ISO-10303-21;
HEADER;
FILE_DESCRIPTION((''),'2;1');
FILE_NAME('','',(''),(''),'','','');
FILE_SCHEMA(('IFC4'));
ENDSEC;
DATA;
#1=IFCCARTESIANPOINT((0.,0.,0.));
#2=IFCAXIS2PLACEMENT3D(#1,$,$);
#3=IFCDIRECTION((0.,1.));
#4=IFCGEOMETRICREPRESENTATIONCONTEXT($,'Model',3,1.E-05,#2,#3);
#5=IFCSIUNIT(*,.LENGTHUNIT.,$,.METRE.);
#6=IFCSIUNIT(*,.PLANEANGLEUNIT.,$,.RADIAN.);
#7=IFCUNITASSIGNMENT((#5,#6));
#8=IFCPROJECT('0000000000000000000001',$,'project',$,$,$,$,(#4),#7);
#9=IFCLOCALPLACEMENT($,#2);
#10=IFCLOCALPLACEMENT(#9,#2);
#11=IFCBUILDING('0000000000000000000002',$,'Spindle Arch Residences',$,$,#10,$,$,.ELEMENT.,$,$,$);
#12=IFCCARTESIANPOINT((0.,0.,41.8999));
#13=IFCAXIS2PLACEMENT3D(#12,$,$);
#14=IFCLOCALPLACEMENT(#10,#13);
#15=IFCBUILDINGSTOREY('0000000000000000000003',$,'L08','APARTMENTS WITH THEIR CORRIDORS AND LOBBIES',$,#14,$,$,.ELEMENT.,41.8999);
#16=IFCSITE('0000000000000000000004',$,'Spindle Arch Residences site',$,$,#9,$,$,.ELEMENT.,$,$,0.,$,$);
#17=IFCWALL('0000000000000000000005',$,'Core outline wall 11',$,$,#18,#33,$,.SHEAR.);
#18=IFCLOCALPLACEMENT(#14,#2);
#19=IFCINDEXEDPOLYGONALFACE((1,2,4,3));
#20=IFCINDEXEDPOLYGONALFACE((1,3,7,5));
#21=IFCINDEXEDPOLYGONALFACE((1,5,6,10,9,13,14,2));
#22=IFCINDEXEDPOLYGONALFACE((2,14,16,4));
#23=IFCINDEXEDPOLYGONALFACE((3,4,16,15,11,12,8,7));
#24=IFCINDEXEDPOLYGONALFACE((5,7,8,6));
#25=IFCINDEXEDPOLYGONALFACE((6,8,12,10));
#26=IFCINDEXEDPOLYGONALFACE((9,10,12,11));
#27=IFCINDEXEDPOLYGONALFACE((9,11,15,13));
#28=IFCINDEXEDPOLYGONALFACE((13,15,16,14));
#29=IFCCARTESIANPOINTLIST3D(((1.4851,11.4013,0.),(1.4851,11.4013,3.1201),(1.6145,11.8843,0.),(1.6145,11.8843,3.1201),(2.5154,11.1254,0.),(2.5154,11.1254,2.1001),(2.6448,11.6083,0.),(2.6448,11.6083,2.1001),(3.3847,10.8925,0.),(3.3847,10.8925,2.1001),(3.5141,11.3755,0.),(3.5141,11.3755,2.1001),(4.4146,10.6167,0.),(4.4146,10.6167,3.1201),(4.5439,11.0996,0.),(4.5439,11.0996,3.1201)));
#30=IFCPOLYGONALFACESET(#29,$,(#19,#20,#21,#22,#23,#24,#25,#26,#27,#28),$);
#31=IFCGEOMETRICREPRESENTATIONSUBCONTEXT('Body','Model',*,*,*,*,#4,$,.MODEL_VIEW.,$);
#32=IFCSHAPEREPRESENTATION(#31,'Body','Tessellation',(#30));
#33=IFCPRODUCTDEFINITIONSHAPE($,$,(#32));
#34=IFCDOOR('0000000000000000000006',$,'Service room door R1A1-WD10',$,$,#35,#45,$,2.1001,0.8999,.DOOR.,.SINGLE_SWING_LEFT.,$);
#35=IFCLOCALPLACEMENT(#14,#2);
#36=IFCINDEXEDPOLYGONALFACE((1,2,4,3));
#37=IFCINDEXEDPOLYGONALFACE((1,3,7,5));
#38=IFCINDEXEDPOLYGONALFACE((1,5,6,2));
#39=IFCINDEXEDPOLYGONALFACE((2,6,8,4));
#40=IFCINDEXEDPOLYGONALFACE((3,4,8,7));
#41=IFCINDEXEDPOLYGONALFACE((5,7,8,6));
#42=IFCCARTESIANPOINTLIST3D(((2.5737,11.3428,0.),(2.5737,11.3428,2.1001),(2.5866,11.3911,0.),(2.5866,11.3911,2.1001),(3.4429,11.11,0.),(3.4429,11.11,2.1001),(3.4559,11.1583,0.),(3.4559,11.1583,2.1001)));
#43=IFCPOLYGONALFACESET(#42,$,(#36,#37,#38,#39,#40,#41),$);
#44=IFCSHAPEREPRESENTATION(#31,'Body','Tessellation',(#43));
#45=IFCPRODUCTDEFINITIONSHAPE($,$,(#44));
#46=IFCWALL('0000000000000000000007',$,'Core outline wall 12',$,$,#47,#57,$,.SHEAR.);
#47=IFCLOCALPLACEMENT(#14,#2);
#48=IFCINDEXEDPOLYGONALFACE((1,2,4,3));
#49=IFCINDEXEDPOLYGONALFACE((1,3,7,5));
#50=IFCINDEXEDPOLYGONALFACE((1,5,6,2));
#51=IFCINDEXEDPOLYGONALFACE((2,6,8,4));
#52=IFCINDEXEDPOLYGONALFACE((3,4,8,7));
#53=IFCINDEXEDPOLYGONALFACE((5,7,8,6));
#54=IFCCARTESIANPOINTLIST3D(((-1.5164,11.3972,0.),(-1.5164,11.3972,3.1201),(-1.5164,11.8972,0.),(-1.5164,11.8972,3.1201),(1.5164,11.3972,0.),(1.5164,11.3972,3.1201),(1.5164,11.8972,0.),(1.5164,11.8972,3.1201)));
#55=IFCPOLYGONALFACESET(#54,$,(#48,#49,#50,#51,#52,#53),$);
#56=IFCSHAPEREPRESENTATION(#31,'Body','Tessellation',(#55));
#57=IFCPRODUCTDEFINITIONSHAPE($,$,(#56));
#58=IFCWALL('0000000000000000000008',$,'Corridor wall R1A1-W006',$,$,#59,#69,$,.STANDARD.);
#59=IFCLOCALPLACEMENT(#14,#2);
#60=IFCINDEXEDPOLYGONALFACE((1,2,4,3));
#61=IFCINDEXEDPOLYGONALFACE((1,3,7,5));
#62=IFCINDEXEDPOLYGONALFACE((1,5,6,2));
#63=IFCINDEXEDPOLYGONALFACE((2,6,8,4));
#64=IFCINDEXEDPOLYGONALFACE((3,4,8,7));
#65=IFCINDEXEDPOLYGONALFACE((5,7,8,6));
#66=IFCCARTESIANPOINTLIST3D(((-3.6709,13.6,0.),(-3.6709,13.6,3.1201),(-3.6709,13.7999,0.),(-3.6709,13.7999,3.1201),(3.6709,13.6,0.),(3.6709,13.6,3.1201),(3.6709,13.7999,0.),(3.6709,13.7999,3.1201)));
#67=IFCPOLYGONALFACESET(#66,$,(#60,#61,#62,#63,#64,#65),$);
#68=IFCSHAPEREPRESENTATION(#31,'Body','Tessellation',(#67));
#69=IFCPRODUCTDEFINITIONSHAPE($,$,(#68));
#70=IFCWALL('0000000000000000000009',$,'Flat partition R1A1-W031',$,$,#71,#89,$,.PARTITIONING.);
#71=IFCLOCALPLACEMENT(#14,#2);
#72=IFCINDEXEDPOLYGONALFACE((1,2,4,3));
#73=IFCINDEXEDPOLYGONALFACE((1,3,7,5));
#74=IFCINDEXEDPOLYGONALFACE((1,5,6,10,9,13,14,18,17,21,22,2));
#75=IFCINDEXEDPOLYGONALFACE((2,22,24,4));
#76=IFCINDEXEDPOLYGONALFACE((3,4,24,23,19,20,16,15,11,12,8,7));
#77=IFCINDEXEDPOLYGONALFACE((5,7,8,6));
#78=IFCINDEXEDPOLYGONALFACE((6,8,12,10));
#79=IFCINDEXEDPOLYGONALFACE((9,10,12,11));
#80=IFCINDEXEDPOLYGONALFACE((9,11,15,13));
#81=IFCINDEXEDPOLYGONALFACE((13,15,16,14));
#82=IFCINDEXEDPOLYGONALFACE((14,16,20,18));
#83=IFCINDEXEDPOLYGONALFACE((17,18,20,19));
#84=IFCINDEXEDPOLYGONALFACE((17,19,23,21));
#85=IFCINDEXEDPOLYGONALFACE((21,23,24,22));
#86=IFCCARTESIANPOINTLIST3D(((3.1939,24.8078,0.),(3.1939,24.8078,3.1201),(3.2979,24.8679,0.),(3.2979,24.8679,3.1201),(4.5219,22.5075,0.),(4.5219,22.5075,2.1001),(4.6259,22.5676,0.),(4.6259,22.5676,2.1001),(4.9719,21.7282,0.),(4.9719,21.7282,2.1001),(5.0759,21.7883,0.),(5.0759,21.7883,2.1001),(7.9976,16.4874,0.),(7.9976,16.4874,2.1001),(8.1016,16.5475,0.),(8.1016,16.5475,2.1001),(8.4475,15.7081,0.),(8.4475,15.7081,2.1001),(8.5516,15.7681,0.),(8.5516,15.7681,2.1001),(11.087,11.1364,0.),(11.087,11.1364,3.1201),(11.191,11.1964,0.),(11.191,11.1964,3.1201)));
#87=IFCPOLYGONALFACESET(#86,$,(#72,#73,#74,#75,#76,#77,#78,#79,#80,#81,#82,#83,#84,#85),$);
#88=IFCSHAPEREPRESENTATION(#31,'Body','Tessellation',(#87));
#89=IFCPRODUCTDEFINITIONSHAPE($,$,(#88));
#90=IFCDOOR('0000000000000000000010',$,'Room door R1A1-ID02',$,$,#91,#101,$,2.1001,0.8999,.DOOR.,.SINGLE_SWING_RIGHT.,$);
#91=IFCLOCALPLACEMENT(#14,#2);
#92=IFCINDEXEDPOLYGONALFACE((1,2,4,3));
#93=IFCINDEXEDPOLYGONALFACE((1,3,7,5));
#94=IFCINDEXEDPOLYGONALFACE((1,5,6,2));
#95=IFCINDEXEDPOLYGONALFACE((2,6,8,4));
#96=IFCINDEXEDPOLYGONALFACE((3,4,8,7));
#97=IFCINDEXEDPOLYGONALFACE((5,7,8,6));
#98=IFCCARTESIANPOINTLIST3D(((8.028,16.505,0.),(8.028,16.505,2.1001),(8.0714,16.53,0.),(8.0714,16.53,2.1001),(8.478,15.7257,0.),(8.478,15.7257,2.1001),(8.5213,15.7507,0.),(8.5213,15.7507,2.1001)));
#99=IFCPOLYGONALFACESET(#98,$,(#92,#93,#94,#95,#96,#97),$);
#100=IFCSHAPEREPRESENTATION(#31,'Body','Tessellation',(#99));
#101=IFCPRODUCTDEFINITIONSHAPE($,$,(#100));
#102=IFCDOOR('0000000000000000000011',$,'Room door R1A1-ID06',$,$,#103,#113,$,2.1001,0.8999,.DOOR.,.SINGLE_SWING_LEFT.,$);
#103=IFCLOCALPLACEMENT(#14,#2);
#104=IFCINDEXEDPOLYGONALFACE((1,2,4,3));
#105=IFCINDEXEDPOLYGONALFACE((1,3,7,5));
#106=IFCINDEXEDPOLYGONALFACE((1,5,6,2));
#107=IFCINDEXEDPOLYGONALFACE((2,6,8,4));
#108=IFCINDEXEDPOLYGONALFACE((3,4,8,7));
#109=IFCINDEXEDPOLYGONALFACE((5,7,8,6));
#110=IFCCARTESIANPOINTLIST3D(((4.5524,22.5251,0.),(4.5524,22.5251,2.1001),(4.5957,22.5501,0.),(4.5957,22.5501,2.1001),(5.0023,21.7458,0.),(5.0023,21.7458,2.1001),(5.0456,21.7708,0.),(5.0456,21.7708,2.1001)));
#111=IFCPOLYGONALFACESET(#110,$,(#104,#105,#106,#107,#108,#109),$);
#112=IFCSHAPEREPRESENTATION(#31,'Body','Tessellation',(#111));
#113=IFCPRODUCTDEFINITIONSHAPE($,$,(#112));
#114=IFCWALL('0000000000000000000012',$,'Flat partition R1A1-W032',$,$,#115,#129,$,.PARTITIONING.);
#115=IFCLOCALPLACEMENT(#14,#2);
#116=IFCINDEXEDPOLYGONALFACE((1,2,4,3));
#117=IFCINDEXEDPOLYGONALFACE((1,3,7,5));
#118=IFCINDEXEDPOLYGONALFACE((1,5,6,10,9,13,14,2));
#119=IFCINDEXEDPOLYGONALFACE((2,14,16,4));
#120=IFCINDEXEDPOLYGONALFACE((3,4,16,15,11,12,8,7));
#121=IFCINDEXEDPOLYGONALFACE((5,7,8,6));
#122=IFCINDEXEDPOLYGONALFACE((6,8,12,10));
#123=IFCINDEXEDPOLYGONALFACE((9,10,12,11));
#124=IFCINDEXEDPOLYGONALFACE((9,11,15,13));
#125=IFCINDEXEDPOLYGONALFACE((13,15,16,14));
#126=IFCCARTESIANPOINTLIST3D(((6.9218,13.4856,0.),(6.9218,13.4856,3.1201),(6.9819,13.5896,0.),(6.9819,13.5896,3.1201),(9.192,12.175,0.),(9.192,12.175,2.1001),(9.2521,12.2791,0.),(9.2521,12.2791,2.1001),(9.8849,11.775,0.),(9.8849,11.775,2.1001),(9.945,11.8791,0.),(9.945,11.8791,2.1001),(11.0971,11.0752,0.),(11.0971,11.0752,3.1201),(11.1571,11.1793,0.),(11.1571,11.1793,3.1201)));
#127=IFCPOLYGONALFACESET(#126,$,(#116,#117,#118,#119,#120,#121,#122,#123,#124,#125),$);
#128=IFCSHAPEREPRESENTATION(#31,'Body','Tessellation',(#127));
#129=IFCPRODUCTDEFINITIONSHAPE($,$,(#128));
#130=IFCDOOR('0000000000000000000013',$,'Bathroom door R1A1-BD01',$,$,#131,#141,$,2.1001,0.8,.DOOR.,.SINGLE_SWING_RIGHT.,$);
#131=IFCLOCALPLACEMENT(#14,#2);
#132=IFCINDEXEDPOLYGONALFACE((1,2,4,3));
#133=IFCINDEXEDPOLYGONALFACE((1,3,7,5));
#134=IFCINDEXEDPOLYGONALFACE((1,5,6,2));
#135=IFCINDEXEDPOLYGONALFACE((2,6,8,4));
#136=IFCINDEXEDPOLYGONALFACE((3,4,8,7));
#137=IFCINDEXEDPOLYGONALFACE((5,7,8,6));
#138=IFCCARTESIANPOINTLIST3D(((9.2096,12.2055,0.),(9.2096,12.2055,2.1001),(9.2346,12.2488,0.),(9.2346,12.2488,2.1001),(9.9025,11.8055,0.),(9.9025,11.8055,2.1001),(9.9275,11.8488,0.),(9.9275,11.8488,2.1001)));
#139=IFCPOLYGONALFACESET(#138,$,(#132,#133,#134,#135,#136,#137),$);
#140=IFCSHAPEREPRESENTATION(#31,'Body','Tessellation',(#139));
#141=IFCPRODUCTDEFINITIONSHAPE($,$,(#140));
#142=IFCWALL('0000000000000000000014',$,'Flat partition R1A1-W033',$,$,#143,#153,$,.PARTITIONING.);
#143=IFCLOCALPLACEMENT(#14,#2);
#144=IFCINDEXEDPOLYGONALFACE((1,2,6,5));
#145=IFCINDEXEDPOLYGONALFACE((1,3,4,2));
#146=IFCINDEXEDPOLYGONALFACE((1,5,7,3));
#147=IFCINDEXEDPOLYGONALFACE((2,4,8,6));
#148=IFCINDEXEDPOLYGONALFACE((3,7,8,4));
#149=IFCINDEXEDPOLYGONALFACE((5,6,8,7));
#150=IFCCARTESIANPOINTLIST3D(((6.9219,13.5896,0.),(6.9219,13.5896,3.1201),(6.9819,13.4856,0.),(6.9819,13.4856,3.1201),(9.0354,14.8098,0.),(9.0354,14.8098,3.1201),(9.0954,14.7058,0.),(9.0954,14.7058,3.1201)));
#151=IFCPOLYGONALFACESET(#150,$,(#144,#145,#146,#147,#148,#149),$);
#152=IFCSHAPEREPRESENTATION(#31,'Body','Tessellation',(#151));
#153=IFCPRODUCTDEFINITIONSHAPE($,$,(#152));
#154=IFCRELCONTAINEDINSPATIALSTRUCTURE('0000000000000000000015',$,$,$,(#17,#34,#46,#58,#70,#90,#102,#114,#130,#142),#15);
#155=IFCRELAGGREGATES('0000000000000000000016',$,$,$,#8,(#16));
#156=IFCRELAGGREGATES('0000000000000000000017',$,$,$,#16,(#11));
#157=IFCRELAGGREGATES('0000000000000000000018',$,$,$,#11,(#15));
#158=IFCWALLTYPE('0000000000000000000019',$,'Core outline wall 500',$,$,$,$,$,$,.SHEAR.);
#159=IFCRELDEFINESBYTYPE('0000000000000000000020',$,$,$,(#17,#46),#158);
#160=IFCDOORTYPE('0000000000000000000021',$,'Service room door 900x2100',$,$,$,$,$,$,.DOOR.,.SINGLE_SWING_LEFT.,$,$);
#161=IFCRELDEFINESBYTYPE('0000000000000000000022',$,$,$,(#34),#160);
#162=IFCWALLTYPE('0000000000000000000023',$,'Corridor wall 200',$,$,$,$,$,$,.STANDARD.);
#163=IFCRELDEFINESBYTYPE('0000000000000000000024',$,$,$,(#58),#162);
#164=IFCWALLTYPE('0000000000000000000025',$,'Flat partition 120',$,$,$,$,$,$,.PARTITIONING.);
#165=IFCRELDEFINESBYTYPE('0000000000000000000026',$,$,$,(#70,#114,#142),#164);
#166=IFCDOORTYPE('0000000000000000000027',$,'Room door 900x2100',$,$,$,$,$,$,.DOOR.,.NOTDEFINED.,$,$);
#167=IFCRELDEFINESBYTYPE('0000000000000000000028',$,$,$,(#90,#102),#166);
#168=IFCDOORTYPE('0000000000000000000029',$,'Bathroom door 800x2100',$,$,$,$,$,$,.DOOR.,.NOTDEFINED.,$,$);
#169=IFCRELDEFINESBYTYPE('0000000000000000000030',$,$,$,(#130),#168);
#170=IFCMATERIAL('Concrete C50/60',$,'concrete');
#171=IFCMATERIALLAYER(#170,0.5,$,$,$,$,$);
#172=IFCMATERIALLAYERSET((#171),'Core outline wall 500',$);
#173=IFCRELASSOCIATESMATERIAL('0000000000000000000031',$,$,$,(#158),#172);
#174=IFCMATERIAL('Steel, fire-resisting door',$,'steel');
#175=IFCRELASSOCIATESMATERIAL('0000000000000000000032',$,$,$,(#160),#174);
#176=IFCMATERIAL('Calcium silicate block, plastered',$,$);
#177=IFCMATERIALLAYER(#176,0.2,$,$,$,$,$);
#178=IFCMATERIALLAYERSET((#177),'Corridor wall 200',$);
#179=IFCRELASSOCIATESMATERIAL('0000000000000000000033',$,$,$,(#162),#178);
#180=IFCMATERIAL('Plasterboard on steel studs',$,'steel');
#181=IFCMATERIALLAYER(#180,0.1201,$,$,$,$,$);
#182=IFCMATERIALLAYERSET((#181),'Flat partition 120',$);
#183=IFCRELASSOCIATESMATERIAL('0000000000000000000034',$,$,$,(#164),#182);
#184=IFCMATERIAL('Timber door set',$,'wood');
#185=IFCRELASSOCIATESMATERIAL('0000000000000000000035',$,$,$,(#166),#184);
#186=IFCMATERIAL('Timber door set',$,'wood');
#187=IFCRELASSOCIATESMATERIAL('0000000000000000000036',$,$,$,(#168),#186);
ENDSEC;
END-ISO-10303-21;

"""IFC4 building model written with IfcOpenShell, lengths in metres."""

from ifc_helpers import new_model, si_unit, direction, frame, frame_2d, origin, place, context, subcontext, project, spatial, rectangle, extrude, material, layer, layer_set, type_object, element, fill, save


model = new_model("IFC4")

# Units and contexts
model_context = context("Model", 3, precision=1e-05, world=origin(), true_north=direction((0.0, 1.0)))
body_context = subcontext(model_context, "Body", "Model", "MODEL_VIEW")
ifc_project = project(units=[si_unit("LENGTHUNIT", "METRE"), si_unit("PLANEANGLEUNIT", "RADIAN")], contexts=[model_context])

# Site, building, storey
site_placement = place(None, origin())
site = spatial("IfcSite", under=ifc_project, at=site_placement, Name="Spindle Arch Residences site", CompositionType="ELEMENT", RefElevation=0.0)
building_placement = place(site_placement, origin())
building = spatial("IfcBuilding", under=site, at=building_placement, Name="Spindle Arch Residences", CompositionType="ELEMENT")
storey_placement = place(building_placement, frame((0.0, 0.0, 41.8999)))
storey = spatial("IfcBuildingStorey", under=building, at=storey_placement, Name="L08", Description="APARTMENTS WITH THEIR CORRIDORS AND LOBBIES", CompositionType="ELEMENT", Elevation=41.8999)

# Wall, opening, door
ifc_material_1 = material(Name="Concrete C50/60", Category="concrete")
ifc_layer_1 = layer(ifc_material_1, 0.5)
ifc_layer_set_1 = layer_set([ifc_layer_1], Name="Core outline wall 500")
wall_type_1 = type_object("IfcWallType", Name="Core outline wall 500", PredefinedType="SHEAR", material=ifc_layer_set_1)
wall_1_placement = place(storey_placement, frame((4.4792, 10.8582, 0.0), z_axis=(0.0, 0.0, 1.0), x_axis=(-0.965948, 0.258735, 0.0)))
wall_1 = element("IfcWall", 1, at=wall_1_placement, inside=storey, type_object=wall_type_1, Name="Core outline wall 11", PredefinedType="SHEAR", context=body_context, shape_type="SweptSolid", body=[
    extrude(rectangle(XDim=3.0327, YDim=0.5, at=frame_2d((1.5164, 0.0))), origin(), (0.0, 0.0, 1.0), 3.1201),
])
opening_1_placement = place(wall_1_placement, frame((1.0662, 0.0, 0.0)))
opening_1 = element("IfcOpeningElement", 2, at=opening_1_placement, cuts=wall_1, PredefinedType="OPENING", context=body_context, shape_type="SweptSolid", body=[
    extrude(rectangle(XDim=0.8999, YDim=2.1001, at=frame_2d((0.45, 1.05))), frame((0.0, 0.26, 0.0), z_axis=(0.0, -1.0, 0.0), x_axis=(1.0, 0.0, 0.0)), (0.0, 0.0, 1.0), 0.52),
])
ifc_material_2 = material(Name="Steel, fire-resisting door", Category="steel")
door_type_1 = type_object("IfcDoorType", Name="Service room door 900x2100", OperationType="SINGLE_SWING_LEFT", PredefinedType="DOOR", material=ifc_material_2)
door_1_placement = place(opening_1_placement, origin())
door_1 = element("IfcDoor", 3, at=door_1_placement, inside=storey, type_object=door_type_1, Name="Service room door R1A1-WD10", OperationType="SINGLE_SWING_LEFT", OverallHeight=2.1001, OverallWidth=0.8999, PredefinedType="DOOR", context=body_context, shape_type="SweptSolid", body=[
    extrude(rectangle(XDim=0.8999, YDim=2.1001, at=frame_2d((0.45, 1.05))), frame((0.0, 0.0249, 0.0), z_axis=(0.0, -1.0, 0.0), x_axis=(1.0, 0.0, 0.0)), (0.0, 0.0, 1.0), 0.05),
])
fill(opening_1, door_1)

# Walls
wall_2_placement = place(storey_placement, frame((1.5164, 11.6472, 0.0), z_axis=(0.0, 0.0, 1.0), x_axis=(-1.0, 0.0, 0.0)))
element("IfcWall", 4, at=wall_2_placement, inside=storey, type_object=wall_type_1, Name="Core outline wall 12", PredefinedType="SHEAR", context=body_context, shape_type="SweptSolid", body=[
    extrude(rectangle(XDim=3.0327, YDim=0.5, at=frame_2d((1.5164, 0.0))), origin(), (0.0, 0.0, 1.0), 3.1201),
])
ifc_material_3 = material(Name="Calcium silicate block, plastered")
ifc_layer_2 = layer(ifc_material_3, 0.2)
ifc_layer_set_2 = layer_set([ifc_layer_2], Name="Corridor wall 200")
wall_type_2 = type_object("IfcWallType", Name="Corridor wall 200", PredefinedType="STANDARD", material=ifc_layer_set_2)
wall_3_placement = place(storey_placement, frame((3.6709, 13.7, 0.0), z_axis=(0.0, 0.0, 1.0), x_axis=(-1.0, 0.0, 0.0)))
element("IfcWall", 5, at=wall_3_placement, inside=storey, type_object=wall_type_2, Name="Corridor wall R1A1-W006", PredefinedType="STANDARD", context=body_context, shape_type="SweptSolid", body=[
    extrude(rectangle(XDim=7.3418, YDim=0.2, at=frame_2d((3.6709, 0.0))), origin(), (0.0, 0.0, 1.0), 3.1201),
])

# Wall, openings, doors
ifc_material_4 = material(Name="Plasterboard on steel studs", Category="steel")
ifc_layer_3 = layer(ifc_material_4, 0.1201)
ifc_layer_set_3 = layer_set([ifc_layer_3], Name="Flat partition 120")
wall_type_3 = type_object("IfcWallType", Name="Flat partition 120", PredefinedType="PARTITIONING", material=ifc_layer_set_3)
wall_4_placement = place(storey_placement, frame((11.1389, 11.1665, 0.0), z_axis=(0.0, 0.0, 1.0), x_axis=(-0.499995, 0.866028, 0.0)))
wall_4 = element("IfcWall", 6, at=wall_4_placement, inside=storey, type_object=wall_type_3, Name="Flat partition R1A1-W031", PredefinedType="PARTITIONING", context=body_context, shape_type="SweptSolid", body=[
    extrude(rectangle(XDim=15.7864, YDim=0.1201, at=frame_2d((7.8931, 0.0))), origin(), (0.0, 0.0, 1.0), 3.1201),
])
opening_2_placement = place(wall_4_placement, frame((5.2788, 0.0, 0.0)))
opening_2 = element("IfcOpeningElement", 7, at=opening_2_placement, cuts=wall_4, PredefinedType="OPENING", context=body_context, shape_type="SweptSolid", body=[
    extrude(rectangle(XDim=0.8999, YDim=2.1001, at=frame_2d((0.45, 1.05))), frame((0.0, 0.0701, 0.0), z_axis=(0.0, -1.0, 0.0), x_axis=(1.0, 0.0, 0.0)), (0.0, 0.0, 1.0), 0.1401),
])
opening_3_placement = place(wall_4_placement, frame((12.2302, 0.0, 0.0)))
opening_3 = element("IfcOpeningElement", 8, at=opening_3_placement, cuts=wall_4, PredefinedType="OPENING", context=body_context, shape_type="SweptSolid", body=[
    extrude(rectangle(XDim=0.8999, YDim=2.1001, at=frame_2d((0.45, 1.05))), frame((0.0, 0.0701, 0.0), z_axis=(0.0, -1.0, 0.0), x_axis=(1.0, 0.0, 0.0)), (0.0, 0.0, 1.0), 0.1401),
])
ifc_material_5 = material(Name="Timber door set", Category="wood")
door_type_2 = type_object("IfcDoorType", Name="Room door 900x2100", OperationType="NOTDEFINED", PredefinedType="DOOR", material=ifc_material_5)
door_2_placement = place(opening_2_placement, origin())
door_2 = element("IfcDoor", 9, at=door_2_placement, inside=storey, type_object=door_type_2, Name="Room door R1A1-ID02", OperationType="SINGLE_SWING_RIGHT", OverallHeight=2.1001, OverallWidth=0.8999, PredefinedType="DOOR", context=body_context, shape_type="SweptSolid", body=[
    extrude(rectangle(XDim=0.8999, YDim=2.1001, at=frame_2d((0.45, 1.05))), frame((0.0, 0.0249, 0.0), z_axis=(0.0, -1.0, 0.0), x_axis=(1.0, 0.0, 0.0)), (0.0, 0.0, 1.0), 0.05),
])
fill(opening_2, door_2)
door_3_placement = place(opening_3_placement, origin())
door_3 = element("IfcDoor", 10, at=door_3_placement, inside=storey, type_object=door_type_2, Name="Room door R1A1-ID06", OperationType="SINGLE_SWING_LEFT", OverallHeight=2.1001, OverallWidth=0.8999, PredefinedType="DOOR", context=body_context, shape_type="SweptSolid", body=[
    extrude(rectangle(XDim=0.8999, YDim=2.1001, at=frame_2d((0.45, 1.05))), frame((0.0, 0.0249, 0.0), z_axis=(0.0, -1.0, 0.0), x_axis=(1.0, 0.0, 0.0)), (0.0, 0.0, 1.0), 0.05),
])
fill(opening_3, door_3)

# Wall, opening, door
wall_5_placement = place(storey_placement, frame((11.1272, 11.1272, 0.0), z_axis=(0.0, 0.0, 1.0), x_axis=(-0.866044, 0.499968, 0.0)))
wall_5 = element("IfcWall", 11, at=wall_5_placement, inside=storey, type_object=wall_type_3, Name="Flat partition R1A1-W032", PredefinedType="PARTITIONING", context=body_context, shape_type="SweptSolid", body=[
    extrude(rectangle(XDim=4.821, YDim=0.1201, at=frame_2d((2.4106, 0.0))), origin(), (0.0, 0.0, 1.0), 3.1201),
])
opening_4_placement = place(wall_5_placement, frame((1.3999, 0.0, 0.0)))
opening_4 = element("IfcOpeningElement", 12, at=opening_4_placement, cuts=wall_5, PredefinedType="OPENING", context=body_context, shape_type="SweptSolid", body=[
    extrude(rectangle(XDim=0.8, YDim=2.1001, at=frame_2d((0.3999, 1.05))), frame((0.0, 0.0701, 0.0), z_axis=(0.0, -1.0, 0.0), x_axis=(1.0, 0.0, 0.0)), (0.0, 0.0, 1.0), 0.1401),
])
ifc_material_6 = material(Name="Timber door set", Category="wood")
door_type_3 = type_object("IfcDoorType", Name="Bathroom door 800x2100", OperationType="NOTDEFINED", PredefinedType="DOOR", material=ifc_material_6)
door_4_placement = place(opening_4_placement, origin())
door_4 = element("IfcDoor", 13, at=door_4_placement, inside=storey, type_object=door_type_3, Name="Bathroom door R1A1-BD01", OperationType="SINGLE_SWING_RIGHT", OverallHeight=2.1001, OverallWidth=0.8, PredefinedType="DOOR", context=body_context, shape_type="SweptSolid", body=[
    extrude(rectangle(XDim=0.8, YDim=2.1001, at=frame_2d((0.3999, 1.05))), frame((0.0, 0.0249, 0.0), z_axis=(0.0, -1.0, 0.0), x_axis=(1.0, 0.0, 0.0)), (0.0, 0.0, 1.0), 0.05),
])
fill(opening_4, door_4)

# Wall
wall_6_placement = place(storey_placement, frame((6.9519, 13.5376, 0.0), z_axis=(0.0, 0.0, 1.0), x_axis=(0.866031, 0.499991, 0.0)))
element("IfcWall", 14, at=wall_6_placement, inside=storey, type_object=wall_type_3, Name="Flat partition R1A1-W033", PredefinedType="PARTITIONING", context=body_context, shape_type="SweptSolid", body=[
    extrude(rectangle(XDim=2.4404, YDim=0.1201, at=frame_2d((1.2202, 0.0))), origin(), (0.0, 0.0, 1.0), 3.1201),
])

save(model, "model.ifc")
